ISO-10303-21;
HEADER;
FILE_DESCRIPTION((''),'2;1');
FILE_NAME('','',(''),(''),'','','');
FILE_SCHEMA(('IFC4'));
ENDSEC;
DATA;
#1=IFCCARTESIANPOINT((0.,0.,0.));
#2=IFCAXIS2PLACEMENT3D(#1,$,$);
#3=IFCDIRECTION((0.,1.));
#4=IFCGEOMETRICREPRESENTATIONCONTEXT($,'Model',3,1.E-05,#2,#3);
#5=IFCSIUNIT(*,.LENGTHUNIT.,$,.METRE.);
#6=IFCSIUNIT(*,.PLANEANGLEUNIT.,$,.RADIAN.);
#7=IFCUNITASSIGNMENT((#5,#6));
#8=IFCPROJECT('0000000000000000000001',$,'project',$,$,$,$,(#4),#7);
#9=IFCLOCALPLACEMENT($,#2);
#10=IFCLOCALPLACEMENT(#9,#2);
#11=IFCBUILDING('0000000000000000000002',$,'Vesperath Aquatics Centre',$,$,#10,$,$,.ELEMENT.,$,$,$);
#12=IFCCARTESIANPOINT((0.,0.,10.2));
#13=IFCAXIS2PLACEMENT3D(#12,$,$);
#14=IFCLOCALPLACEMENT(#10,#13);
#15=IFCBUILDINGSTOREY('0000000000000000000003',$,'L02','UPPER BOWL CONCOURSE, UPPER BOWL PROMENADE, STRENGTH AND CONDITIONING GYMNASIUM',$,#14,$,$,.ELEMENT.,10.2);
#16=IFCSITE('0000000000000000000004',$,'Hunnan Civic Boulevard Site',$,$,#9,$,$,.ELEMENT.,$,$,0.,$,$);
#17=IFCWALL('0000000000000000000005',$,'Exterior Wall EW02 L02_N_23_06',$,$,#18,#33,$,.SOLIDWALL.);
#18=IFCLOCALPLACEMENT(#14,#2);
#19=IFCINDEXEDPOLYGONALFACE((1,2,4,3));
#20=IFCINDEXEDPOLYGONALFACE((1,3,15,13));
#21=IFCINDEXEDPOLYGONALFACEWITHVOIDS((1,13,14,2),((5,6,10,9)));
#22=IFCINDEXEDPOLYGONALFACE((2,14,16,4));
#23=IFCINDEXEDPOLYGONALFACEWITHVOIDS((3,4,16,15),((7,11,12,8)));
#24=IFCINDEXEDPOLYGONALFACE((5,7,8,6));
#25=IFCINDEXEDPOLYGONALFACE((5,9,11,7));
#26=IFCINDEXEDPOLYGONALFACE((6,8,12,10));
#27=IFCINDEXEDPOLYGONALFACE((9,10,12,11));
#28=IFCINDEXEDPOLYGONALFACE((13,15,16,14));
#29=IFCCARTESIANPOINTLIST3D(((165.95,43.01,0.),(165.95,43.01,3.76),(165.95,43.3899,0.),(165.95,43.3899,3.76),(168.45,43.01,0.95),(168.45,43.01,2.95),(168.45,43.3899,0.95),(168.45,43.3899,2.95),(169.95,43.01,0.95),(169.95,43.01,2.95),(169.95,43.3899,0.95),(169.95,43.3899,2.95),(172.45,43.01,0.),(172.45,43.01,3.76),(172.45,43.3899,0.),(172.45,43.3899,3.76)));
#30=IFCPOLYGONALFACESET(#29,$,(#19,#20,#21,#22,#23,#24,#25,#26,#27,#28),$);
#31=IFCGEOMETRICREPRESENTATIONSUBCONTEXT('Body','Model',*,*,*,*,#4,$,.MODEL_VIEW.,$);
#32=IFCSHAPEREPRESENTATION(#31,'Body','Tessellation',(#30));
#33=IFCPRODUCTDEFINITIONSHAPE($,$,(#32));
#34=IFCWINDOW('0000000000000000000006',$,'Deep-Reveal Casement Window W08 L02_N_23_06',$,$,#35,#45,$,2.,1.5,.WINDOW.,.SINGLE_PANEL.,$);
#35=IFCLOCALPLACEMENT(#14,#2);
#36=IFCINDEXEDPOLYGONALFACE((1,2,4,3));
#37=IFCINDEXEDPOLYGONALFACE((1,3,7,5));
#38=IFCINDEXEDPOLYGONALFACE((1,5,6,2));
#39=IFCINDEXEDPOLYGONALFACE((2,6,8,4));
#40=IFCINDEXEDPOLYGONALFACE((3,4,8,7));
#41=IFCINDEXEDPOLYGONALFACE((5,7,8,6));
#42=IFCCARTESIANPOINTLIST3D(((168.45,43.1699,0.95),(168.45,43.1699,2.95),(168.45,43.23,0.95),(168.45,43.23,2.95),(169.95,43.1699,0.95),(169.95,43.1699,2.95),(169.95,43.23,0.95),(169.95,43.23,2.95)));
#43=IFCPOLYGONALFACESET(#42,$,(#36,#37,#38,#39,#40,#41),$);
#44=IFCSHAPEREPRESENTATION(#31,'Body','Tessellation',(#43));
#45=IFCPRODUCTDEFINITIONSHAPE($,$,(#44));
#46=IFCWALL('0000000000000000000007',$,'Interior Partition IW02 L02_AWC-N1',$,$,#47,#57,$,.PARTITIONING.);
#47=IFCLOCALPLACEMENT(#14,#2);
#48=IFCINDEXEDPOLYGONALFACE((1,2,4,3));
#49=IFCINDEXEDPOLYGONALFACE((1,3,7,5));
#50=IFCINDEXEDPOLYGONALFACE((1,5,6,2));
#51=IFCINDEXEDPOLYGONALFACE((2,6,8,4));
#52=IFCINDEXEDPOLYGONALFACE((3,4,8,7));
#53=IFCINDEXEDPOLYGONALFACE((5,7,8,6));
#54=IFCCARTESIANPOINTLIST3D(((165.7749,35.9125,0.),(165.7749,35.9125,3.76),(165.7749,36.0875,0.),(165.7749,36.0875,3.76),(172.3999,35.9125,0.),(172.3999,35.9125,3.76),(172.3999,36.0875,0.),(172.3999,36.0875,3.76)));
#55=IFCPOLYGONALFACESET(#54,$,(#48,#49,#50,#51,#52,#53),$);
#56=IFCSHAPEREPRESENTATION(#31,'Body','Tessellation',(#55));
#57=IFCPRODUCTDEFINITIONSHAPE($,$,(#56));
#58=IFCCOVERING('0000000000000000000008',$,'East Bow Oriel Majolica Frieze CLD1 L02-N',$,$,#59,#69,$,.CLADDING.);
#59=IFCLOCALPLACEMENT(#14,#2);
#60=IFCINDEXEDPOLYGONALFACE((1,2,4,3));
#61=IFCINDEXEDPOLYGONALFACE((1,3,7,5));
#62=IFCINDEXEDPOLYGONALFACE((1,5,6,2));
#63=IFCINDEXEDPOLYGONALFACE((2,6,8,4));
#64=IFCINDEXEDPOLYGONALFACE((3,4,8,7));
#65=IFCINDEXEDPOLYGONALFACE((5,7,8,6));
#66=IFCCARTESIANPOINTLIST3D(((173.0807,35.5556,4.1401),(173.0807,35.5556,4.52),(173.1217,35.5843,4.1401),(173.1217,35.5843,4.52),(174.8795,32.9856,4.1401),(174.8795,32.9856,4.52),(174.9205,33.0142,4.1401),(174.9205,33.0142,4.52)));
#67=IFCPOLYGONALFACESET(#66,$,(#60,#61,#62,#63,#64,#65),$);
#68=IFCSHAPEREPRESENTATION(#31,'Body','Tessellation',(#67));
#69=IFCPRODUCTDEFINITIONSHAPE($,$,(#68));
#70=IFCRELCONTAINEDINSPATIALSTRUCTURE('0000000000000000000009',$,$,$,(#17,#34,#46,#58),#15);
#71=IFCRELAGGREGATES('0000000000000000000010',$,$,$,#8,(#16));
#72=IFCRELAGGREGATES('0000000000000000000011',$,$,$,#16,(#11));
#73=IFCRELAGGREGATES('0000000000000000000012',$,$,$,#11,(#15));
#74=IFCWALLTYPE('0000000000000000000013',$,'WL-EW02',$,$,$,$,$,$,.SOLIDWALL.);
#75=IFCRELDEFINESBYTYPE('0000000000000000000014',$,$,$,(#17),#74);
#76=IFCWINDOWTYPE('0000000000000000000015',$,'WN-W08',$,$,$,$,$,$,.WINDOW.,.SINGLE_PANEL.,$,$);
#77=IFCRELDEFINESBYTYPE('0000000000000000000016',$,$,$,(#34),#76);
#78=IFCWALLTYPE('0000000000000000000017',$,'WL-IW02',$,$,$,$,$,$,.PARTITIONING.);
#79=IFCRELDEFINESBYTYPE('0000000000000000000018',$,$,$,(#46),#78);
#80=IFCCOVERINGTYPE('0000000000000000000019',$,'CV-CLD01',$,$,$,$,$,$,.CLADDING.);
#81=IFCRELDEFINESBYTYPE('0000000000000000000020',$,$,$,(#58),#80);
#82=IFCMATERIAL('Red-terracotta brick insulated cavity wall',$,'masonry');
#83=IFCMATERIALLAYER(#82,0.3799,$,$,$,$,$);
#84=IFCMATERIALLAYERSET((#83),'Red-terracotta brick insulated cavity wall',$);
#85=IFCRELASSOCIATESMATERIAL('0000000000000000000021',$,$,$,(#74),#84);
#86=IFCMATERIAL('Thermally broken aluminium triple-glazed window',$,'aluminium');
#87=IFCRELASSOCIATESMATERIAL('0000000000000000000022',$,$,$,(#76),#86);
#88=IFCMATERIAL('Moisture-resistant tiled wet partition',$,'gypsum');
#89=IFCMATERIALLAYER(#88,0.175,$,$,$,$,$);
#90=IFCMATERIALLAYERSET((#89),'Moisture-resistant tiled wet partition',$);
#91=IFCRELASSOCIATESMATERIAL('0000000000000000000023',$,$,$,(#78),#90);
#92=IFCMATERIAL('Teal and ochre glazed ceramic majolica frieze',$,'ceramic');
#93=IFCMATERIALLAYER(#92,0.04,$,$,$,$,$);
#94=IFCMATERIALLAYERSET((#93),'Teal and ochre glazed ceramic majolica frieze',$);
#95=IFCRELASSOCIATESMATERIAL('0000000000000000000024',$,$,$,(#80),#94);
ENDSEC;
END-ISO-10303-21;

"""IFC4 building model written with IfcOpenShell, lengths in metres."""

from ifc_helpers import new_model, si_unit, direction, frame, frame_2d, origin, place, context, subcontext, project, spatial, rectangle, extrude, material, layer, layer_set, type_object, element, fill, save


model = new_model("IFC4")

# Units and contexts
model_context = context("Model", 3, precision=1e-05, world=origin(), true_north=direction((0.0, 1.0)))
body_context = subcontext(model_context, "Body", "Model", "MODEL_VIEW")
ifc_project = project(units=[si_unit("LENGTHUNIT", "METRE"), si_unit("PLANEANGLEUNIT", "RADIAN")], contexts=[model_context])

# Site, building, storey
site_placement = place(None, origin())
site = spatial("IfcSite", under=ifc_project, at=site_placement, Name="Hunnan Civic Boulevard Site", CompositionType="ELEMENT", RefElevation=0.0)
building_placement = place(site_placement, origin())
building = spatial("IfcBuilding", under=site, at=building_placement, Name="Vesperath Aquatics Centre", CompositionType="ELEMENT")
storey_placement = place(building_placement, frame((0.0, 0.0, 10.2)))
storey = spatial("IfcBuildingStorey", under=building, at=storey_placement, Name="L02", Description="UPPER BOWL CONCOURSE, UPPER BOWL PROMENADE, STRENGTH AND CONDITIONING GYMNASIUM", CompositionType="ELEMENT", Elevation=10.2)

# Wall, opening, window
ifc_material_1 = material(Name="Red-terracotta brick insulated cavity wall", Category="masonry")
ifc_layer_1 = layer(ifc_material_1, 0.3799)
ifc_layer_set_1 = layer_set([ifc_layer_1], Name="Red-terracotta brick insulated cavity wall")
wall_type_1 = type_object("IfcWallType", Name="WL-EW02", PredefinedType="SOLIDWALL", material=ifc_layer_set_1)
wall_1_placement = place(storey_placement, frame((165.95, 43.2, 0.0), z_axis=(0.0, 0.0, 1.0), x_axis=(1.0, 0.0, 0.0)))
wall_1 = element("IfcWall", 1, at=wall_1_placement, inside=storey, type_object=wall_type_1, Name="Exterior Wall EW02 L02_N_23_06", PredefinedType="SOLIDWALL", context=body_context, shape_type="SweptSolid", body=[
    extrude(rectangle(XDim=6.5, YDim=0.3799, at=frame_2d((3.25, 0.0))), origin(), (0.0, 0.0, 1.0), 3.76),
])
opening_placement = place(wall_1_placement, frame((2.5, 0.0, 0.95)))
opening = element("IfcOpeningElement", 2, at=opening_placement, cuts=wall_1, PredefinedType="OPENING", context=body_context, shape_type="SweptSolid", body=[
    extrude(rectangle(XDim=1.5, YDim=2.0, at=frame_2d((0.75, 1.0))), frame((0.0, 0.2048, 0.0), z_axis=(0.0, -1.0, 0.0), x_axis=(1.0, 0.0, 0.0)), (0.0, 0.0, 1.0), 0.4097),
])
ifc_material_2 = material(Name="Thermally broken aluminium triple-glazed window", Category="aluminium")
window_type = type_object("IfcWindowType", Name="WN-W08", PartitioningType="SINGLE_PANEL", PredefinedType="WINDOW", material=ifc_material_2)
window_placement = place(opening_placement, origin())
window = element("IfcWindow", 3, at=window_placement, inside=storey, type_object=window_type, Name="Deep-Reveal Casement Window W08 L02_N_23_06", OverallHeight=2.0, OverallWidth=1.5, PartitioningType="SINGLE_PANEL", PredefinedType="WINDOW", context=body_context, shape_type="SweptSolid", body=[
    extrude(rectangle(XDim=1.5, YDim=2.0, at=frame_2d((0.75, 1.0))), frame((0.0, 0.03, 0.0), z_axis=(0.0, -1.0, 0.0), x_axis=(1.0, 0.0, 0.0)), (0.0, 0.0, 1.0), 0.0601),
])
fill(opening, window)

# Wall
ifc_material_3 = material(Name="Moisture-resistant tiled wet partition", Category="gypsum")
ifc_layer_2 = layer(ifc_material_3, 0.175)
ifc_layer_set_2 = layer_set([ifc_layer_2], Name="Moisture-resistant tiled wet partition")
wall_type_2 = type_object("IfcWallType", Name="WL-IW02", PredefinedType="PARTITIONING", material=ifc_layer_set_2)
wall_2_placement = place(storey_placement, frame((165.7749, 36.0, 0.0), z_axis=(0.0, 0.0, 1.0), x_axis=(1.0, 0.0, 0.0)))
element("IfcWall", 4, at=wall_2_placement, inside=storey, type_object=wall_type_2, Name="Interior Partition IW02 L02_AWC-N1", PredefinedType="PARTITIONING", context=body_context, shape_type="SweptSolid", body=[
    extrude(rectangle(XDim=6.625, YDim=0.175, at=frame_2d((3.3125, 0.0))), origin(), (0.0, 0.0, 1.0), 3.76),
])

# Covering
ifc_material_4 = material(Name="Teal and ochre glazed ceramic majolica frieze", Category="ceramic")
ifc_layer_3 = layer(ifc_material_4, 0.04)
ifc_layer_set_3 = layer_set([ifc_layer_3], Name="Teal and ochre glazed ceramic majolica frieze")
covering_type = type_object("IfcCoveringType", Name="CV-CLD01", PredefinedType="CLADDING", material=ifc_layer_set_3)
covering_placement = place(storey_placement, frame((174.8999, 33.0, 4.1401), z_axis=(0.0, 0.0, 1.0), x_axis=(-0.573415, 0.819265, 0.0)))
element("IfcCovering", 5, at=covering_placement, inside=storey, type_object=covering_type, Name="East Bow Oriel Majolica Frieze CLD1 L02-N", PredefinedType="CLADDING", context=body_context, shape_type="SweptSolid", body=[
    extrude(rectangle(XDim=3.137, YDim=0.05, at=frame_2d((1.5684, 0.0))), origin(), (0.0, 0.0, 1.0), 0.3799),
])

save(model, "model.ifc")
